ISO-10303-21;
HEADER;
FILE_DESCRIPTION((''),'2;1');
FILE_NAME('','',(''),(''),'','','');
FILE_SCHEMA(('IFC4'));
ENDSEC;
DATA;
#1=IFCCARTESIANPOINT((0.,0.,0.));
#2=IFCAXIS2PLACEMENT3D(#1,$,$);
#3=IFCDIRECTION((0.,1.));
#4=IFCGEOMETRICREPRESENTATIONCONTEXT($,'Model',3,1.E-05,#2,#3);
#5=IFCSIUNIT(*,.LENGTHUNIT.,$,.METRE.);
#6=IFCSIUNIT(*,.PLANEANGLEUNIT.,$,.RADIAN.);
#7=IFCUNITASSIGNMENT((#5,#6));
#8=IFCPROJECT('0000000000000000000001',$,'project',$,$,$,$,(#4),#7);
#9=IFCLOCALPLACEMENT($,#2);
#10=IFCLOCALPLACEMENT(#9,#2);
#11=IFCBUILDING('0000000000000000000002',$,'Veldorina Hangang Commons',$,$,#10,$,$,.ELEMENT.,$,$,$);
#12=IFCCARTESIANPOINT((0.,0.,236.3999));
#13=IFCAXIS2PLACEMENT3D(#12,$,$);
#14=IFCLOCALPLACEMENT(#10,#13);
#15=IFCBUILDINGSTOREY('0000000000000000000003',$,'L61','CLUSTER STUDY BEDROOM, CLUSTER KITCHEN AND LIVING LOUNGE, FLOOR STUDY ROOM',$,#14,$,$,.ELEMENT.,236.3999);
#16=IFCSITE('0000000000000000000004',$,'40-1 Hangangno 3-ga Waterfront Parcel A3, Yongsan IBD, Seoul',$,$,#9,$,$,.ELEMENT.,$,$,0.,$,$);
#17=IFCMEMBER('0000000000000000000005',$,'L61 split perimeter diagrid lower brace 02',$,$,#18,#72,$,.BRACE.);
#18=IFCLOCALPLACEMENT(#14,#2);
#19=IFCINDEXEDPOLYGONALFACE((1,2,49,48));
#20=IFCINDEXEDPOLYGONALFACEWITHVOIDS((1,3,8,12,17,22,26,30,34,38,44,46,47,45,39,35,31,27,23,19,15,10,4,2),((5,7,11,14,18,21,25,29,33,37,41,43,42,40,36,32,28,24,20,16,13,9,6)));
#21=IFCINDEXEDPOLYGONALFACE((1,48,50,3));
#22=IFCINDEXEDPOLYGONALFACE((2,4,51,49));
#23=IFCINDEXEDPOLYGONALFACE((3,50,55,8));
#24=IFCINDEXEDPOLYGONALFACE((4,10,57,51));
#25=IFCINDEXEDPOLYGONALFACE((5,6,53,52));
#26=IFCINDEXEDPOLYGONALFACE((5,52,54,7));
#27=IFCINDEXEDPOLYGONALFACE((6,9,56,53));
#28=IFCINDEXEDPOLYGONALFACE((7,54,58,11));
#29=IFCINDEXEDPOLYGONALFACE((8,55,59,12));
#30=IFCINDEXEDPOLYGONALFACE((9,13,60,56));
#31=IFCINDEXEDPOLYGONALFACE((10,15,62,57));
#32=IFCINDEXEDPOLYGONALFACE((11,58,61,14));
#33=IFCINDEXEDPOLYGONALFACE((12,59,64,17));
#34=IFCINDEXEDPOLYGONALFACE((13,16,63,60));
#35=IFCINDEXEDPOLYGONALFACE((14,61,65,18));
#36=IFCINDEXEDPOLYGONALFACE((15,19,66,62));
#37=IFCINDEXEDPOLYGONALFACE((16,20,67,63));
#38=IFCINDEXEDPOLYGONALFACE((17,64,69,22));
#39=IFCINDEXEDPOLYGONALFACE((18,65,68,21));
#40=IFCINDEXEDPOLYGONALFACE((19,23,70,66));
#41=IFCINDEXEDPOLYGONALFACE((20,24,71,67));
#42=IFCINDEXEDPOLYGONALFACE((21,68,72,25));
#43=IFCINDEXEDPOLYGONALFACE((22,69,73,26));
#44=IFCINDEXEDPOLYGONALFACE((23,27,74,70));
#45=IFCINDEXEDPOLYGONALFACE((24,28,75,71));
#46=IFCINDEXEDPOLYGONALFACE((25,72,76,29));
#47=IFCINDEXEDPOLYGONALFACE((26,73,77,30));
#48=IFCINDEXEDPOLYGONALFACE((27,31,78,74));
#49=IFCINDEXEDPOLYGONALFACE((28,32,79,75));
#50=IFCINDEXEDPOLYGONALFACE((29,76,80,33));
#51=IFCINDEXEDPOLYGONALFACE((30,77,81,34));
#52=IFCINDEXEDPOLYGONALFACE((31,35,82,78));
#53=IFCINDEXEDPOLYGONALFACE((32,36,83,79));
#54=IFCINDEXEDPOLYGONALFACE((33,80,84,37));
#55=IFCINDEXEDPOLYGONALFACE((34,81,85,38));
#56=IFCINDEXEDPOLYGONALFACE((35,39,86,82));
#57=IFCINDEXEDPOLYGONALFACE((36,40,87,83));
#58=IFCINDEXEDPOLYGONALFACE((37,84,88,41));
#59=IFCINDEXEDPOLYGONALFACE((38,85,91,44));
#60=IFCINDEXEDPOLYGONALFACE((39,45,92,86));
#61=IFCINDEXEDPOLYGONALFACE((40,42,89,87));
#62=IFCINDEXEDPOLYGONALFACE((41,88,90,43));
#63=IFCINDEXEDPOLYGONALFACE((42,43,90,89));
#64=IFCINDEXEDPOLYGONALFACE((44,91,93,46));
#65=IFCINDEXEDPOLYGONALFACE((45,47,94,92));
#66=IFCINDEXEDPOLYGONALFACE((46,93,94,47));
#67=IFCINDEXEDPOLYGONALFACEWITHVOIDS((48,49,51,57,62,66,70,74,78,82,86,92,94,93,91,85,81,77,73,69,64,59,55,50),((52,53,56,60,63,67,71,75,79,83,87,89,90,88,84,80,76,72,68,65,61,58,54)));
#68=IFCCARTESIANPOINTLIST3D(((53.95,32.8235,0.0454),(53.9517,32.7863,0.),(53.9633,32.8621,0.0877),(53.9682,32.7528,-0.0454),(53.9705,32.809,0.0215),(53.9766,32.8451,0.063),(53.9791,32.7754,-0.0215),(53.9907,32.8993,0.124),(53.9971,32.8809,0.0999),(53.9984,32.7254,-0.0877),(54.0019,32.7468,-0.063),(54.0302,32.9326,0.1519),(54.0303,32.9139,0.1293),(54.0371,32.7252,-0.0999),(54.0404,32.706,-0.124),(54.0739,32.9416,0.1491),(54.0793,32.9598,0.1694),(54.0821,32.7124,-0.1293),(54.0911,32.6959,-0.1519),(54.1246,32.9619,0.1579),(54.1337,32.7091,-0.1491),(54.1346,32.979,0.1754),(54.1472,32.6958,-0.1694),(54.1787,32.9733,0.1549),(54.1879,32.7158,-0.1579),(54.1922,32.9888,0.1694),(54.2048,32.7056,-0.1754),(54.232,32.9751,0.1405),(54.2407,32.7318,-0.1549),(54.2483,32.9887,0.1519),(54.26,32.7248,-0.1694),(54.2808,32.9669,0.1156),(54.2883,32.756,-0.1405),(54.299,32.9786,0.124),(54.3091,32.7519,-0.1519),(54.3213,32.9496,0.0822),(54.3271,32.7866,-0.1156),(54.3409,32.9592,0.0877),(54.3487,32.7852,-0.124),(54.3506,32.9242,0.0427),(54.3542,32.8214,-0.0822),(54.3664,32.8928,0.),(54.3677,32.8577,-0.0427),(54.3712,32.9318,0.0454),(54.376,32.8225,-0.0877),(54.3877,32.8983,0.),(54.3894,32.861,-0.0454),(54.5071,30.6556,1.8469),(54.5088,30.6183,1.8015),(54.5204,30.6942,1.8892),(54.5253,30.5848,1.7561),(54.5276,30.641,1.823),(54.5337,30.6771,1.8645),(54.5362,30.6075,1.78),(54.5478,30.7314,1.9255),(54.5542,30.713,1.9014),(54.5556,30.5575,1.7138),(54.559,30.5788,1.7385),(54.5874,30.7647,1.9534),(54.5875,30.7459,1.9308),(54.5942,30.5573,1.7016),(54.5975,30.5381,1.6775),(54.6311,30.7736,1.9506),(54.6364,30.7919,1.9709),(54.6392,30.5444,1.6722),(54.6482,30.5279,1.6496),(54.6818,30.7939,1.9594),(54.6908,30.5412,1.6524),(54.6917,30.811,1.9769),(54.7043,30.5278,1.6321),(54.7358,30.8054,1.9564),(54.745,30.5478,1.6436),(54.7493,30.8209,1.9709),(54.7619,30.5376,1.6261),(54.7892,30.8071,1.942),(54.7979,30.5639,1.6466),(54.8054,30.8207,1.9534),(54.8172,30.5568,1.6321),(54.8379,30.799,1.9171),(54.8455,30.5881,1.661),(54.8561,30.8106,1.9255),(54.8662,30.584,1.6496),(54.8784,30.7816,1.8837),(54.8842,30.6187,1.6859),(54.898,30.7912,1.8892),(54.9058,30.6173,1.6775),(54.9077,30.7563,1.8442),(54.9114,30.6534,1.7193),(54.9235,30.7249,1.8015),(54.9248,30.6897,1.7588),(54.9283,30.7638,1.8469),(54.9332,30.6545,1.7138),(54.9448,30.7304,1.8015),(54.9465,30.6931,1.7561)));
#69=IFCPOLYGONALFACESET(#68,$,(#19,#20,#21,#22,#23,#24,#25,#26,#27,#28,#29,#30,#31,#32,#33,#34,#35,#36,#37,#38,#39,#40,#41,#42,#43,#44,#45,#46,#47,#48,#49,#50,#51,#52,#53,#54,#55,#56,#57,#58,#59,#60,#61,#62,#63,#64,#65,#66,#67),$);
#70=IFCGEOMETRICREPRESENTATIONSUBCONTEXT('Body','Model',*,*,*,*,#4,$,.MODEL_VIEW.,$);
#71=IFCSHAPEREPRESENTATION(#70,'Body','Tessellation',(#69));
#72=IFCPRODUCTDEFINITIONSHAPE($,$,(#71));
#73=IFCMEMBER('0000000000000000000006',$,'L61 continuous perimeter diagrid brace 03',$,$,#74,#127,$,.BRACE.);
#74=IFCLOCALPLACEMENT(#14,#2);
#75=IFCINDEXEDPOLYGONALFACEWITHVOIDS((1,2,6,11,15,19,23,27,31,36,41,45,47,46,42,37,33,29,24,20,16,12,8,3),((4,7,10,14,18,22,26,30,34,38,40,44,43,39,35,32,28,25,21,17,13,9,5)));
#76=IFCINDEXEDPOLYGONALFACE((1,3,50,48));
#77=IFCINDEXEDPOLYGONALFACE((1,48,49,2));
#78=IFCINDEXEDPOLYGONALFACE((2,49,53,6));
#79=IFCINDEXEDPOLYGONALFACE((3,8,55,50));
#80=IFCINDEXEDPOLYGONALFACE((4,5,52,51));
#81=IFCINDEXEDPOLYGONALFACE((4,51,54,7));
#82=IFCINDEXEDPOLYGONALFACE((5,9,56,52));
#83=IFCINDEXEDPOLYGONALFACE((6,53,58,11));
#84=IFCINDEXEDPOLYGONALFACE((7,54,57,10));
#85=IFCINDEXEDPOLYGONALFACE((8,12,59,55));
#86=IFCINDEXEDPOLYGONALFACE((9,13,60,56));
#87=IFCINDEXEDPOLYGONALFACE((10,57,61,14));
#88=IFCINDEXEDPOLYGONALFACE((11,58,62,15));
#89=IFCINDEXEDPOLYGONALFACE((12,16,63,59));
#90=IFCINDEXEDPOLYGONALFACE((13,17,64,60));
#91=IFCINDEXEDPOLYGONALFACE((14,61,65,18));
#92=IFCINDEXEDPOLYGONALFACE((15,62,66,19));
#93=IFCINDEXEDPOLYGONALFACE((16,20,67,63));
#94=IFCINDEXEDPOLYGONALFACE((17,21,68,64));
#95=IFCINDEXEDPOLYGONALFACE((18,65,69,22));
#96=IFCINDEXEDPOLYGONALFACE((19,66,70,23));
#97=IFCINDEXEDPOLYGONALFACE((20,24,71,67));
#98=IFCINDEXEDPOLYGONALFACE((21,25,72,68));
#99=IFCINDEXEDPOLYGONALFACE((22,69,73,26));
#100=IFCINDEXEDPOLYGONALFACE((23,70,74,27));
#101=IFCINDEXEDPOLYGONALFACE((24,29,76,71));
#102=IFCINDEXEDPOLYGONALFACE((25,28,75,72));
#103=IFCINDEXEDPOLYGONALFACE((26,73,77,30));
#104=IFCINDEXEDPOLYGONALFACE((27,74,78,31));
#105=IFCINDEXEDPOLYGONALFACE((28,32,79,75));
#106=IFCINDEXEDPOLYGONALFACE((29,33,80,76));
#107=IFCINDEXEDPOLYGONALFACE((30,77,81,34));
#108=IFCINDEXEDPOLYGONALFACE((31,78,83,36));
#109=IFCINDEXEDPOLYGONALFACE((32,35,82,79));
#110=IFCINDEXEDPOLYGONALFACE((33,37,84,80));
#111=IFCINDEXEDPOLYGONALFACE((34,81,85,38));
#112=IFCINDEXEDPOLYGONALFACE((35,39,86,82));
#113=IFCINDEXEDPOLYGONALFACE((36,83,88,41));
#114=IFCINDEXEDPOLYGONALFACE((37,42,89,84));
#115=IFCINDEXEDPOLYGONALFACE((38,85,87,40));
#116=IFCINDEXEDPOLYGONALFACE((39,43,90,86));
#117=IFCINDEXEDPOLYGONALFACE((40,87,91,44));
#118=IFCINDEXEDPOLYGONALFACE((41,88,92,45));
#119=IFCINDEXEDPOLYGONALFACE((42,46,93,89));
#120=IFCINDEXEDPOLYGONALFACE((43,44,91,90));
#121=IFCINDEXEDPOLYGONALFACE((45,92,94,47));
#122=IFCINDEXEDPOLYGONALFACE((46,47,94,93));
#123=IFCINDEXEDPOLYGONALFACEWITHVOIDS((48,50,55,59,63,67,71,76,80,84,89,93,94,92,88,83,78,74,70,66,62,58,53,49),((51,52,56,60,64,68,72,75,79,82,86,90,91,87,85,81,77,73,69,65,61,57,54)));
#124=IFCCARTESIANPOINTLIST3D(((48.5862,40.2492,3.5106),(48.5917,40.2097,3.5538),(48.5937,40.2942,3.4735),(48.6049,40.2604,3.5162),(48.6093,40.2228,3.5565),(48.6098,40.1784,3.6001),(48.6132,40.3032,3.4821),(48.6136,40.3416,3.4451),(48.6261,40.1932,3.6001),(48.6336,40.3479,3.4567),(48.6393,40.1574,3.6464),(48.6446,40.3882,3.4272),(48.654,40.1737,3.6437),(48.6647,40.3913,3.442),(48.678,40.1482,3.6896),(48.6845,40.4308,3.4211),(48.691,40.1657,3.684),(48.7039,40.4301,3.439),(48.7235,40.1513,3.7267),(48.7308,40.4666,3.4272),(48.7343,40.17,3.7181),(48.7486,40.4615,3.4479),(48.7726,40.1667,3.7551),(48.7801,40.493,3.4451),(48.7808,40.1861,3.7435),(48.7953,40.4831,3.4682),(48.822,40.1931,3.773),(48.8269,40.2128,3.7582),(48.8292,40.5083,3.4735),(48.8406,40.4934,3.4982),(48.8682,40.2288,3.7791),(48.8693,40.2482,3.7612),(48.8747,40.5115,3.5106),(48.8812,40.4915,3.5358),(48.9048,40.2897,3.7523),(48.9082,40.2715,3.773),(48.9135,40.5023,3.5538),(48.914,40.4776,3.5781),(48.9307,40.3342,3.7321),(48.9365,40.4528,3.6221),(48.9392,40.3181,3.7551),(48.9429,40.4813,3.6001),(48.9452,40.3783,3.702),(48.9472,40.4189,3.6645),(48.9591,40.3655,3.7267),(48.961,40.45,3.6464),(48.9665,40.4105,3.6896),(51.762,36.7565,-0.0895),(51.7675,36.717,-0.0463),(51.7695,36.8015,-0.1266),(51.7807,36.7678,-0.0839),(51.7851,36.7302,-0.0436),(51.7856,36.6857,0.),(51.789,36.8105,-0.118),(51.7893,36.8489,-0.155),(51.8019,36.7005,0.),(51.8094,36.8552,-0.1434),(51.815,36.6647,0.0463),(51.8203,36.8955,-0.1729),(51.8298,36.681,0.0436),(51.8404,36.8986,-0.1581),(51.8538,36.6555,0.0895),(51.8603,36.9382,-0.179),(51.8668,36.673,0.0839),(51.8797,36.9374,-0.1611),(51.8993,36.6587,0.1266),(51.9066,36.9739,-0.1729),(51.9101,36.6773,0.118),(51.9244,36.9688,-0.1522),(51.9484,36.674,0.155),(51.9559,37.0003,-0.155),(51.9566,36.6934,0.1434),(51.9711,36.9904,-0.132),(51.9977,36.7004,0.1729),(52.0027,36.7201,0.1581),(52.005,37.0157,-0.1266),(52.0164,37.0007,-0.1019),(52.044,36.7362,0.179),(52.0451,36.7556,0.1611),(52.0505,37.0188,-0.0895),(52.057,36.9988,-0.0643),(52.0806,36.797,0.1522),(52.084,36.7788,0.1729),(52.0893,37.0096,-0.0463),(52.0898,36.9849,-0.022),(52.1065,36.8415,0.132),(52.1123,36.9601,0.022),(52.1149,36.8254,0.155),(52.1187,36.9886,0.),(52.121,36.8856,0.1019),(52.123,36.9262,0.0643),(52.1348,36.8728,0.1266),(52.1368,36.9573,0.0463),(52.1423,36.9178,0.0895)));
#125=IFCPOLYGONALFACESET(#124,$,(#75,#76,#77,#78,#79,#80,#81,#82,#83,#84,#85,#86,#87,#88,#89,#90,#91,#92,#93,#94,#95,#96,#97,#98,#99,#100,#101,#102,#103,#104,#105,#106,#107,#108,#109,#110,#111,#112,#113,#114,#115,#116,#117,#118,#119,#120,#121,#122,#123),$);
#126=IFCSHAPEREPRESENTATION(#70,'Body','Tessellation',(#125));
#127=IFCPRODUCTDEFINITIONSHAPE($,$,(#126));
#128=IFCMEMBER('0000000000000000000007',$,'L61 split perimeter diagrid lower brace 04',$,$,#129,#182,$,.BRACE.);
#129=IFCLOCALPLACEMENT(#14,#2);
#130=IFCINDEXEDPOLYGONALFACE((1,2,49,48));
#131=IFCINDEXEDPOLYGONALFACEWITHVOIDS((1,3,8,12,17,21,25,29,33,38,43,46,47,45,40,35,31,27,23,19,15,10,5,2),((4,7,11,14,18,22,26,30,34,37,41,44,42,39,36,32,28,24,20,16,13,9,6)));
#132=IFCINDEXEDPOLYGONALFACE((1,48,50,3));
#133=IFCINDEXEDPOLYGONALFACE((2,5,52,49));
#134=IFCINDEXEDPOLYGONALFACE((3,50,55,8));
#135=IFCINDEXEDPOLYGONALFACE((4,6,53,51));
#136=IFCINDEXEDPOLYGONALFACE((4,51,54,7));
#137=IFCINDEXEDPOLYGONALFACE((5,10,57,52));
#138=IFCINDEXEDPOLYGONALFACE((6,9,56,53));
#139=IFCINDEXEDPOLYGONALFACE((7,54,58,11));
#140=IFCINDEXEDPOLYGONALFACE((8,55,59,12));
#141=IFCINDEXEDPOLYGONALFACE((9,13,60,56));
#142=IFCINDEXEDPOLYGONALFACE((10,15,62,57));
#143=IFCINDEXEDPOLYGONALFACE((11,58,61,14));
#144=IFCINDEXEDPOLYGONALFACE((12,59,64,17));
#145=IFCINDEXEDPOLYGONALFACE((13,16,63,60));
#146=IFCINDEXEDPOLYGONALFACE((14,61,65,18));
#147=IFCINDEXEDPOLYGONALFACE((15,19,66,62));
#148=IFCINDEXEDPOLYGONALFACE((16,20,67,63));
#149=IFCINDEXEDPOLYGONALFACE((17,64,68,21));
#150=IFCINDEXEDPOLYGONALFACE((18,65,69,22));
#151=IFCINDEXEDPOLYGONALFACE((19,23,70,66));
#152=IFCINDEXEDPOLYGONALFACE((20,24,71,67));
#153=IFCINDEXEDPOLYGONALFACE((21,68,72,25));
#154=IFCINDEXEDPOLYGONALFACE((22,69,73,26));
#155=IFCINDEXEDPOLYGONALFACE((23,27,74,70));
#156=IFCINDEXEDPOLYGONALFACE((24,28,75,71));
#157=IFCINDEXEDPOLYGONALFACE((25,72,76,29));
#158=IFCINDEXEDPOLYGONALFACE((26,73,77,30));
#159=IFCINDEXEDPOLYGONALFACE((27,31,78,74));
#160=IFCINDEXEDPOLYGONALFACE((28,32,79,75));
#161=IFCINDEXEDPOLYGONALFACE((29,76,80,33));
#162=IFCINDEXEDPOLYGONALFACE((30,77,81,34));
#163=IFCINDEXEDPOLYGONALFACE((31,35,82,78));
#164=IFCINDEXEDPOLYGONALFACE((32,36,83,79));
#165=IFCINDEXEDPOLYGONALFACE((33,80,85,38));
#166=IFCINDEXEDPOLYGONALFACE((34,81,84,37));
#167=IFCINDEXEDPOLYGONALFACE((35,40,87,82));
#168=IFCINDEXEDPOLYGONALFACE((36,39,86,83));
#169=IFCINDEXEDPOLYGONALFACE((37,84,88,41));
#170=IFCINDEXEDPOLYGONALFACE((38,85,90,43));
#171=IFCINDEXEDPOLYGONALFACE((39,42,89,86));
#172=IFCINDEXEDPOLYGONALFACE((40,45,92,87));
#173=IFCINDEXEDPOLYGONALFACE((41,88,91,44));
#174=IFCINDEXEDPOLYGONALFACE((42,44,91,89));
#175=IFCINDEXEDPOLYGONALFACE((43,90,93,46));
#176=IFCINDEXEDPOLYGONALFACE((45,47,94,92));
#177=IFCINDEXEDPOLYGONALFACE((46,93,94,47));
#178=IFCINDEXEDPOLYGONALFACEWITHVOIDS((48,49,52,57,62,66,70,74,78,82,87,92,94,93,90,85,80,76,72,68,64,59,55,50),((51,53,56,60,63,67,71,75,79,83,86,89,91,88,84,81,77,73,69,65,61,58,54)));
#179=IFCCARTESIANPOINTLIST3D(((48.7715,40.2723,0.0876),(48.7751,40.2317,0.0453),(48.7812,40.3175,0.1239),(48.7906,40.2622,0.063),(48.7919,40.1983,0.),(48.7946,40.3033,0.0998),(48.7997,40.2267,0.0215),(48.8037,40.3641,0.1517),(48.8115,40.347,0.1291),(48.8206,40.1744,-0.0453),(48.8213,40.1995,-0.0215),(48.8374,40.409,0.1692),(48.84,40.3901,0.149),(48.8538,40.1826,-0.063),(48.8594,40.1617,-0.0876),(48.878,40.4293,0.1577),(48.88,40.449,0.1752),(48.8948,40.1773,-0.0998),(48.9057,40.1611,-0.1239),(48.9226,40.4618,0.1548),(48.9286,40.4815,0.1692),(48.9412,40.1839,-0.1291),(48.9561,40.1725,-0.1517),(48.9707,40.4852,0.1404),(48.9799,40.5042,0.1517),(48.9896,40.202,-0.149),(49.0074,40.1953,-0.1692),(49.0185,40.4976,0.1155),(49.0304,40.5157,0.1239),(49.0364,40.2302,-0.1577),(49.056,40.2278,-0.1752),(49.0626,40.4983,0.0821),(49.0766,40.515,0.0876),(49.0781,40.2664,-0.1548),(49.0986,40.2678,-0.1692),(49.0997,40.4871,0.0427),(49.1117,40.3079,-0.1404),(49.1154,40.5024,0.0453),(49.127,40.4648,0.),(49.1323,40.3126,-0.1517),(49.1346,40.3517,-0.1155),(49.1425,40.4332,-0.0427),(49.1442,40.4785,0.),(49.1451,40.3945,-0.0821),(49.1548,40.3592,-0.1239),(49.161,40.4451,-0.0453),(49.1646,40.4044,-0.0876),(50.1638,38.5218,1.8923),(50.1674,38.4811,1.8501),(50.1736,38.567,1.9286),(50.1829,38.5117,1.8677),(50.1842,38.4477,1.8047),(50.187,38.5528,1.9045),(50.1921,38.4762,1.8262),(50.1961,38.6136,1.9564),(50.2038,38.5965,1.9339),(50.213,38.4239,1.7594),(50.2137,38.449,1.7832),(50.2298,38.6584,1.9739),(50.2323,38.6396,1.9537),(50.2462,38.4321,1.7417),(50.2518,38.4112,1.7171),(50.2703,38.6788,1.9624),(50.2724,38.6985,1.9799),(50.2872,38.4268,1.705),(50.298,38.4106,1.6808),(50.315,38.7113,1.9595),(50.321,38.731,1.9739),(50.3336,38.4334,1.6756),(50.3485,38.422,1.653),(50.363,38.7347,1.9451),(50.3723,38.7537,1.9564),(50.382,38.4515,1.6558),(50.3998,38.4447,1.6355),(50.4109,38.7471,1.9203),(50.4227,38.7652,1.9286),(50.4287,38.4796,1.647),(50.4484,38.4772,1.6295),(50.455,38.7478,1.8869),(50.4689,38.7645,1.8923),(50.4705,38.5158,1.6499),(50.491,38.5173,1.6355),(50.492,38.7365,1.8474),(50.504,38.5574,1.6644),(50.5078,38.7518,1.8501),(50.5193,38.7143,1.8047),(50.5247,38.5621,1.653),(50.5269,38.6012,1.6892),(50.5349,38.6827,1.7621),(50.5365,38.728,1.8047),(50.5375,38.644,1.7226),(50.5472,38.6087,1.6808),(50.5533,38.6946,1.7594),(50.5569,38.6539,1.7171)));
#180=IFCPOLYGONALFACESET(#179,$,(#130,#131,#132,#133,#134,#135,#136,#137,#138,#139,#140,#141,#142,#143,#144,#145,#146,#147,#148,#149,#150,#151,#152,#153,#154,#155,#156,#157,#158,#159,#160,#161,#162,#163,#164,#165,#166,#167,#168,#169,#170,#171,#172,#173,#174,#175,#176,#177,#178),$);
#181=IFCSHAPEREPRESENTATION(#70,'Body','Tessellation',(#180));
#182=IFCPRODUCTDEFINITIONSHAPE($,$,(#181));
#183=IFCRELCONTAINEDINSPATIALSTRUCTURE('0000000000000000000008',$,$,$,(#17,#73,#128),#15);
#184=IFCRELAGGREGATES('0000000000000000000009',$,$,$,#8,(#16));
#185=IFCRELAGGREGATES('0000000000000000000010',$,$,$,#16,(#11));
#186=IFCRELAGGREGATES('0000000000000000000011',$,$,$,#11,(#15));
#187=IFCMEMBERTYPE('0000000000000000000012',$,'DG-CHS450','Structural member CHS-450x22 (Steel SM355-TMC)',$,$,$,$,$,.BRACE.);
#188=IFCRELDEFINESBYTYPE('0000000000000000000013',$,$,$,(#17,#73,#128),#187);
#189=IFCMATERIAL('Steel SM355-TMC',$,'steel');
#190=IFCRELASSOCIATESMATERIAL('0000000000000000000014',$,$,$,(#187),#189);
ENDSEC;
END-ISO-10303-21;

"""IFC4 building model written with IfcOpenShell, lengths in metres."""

from ifc_helpers import new_model, si_unit, direction, frame, origin, origin_2d, place, context, subcontext, project, spatial, hollow_circle, extrude, material, material_profile, profile_set, type_object, element, save


model = new_model("IFC4")

# Units and contexts
model_context = context("Model", 3, precision=1e-05, world=origin(), true_north=direction((0.0, 1.0)))
body_context = subcontext(model_context, "Body", "Model", "MODEL_VIEW")
ifc_project = project(units=[si_unit("LENGTHUNIT", "METRE"), si_unit("PLANEANGLEUNIT", "RADIAN")], contexts=[model_context])

# Site, building, storey
site_placement = place(None, origin())
site = spatial("IfcSite", under=ifc_project, at=site_placement, Name="40-1 Hangangno 3-ga Waterfront Parcel A3, Yongsan IBD, Seoul", CompositionType="ELEMENT", RefElevation=0.0)
building_placement = place(site_placement, origin())
building = spatial("IfcBuilding", under=site, at=building_placement, Name="Veldorina Hangang Commons", CompositionType="ELEMENT")
storey_placement = place(building_placement, frame((0.0, 0.0, 236.3999)))
storey = spatial("IfcBuildingStorey", under=building, at=storey_placement, Name="L61", Description="CLUSTER STUDY BEDROOM, CLUSTER KITCHEN AND LIVING LOUNGE, FLOOR STUDY ROOM", CompositionType="ELEMENT", Elevation=236.3999)

# Shared definitions
ifc_material_1 = material(Name="Steel SM355-TMC", Category="steel")

# Members
ifc_material_profile_1 = material_profile(ifc_material_1, hollow_circle(Radius=0.2251, WallThickness=0.022, at=origin_2d()), Name="CHS-450x22")
ifc_profile_set_1 = profile_set([ifc_material_profile_1], Name="Steel SM355-TMC")
member_type_1 = type_object("IfcMemberType", Name="DG-CHS450", Description="Structural member CHS-450x22 (Steel SM355-TMC)", PredefinedType="BRACE", material=ifc_profile_set_1)
member_1_placement = place(storey_placement, frame((54.1697, 32.8423, 0.0), z_axis=(0.193898, -0.754519, 0.626981), x_axis=(0.968531, 0.248895, 0.0)))
element("IfcMember", 1, at=member_1_placement, inside=storey, type_object=member_type_1, Name="L61 split perimeter diagrid lower brace 02", PredefinedType="BRACE", context=body_context, shape_type="SweptSolid", body=[
    extrude(hollow_circle(Radius=0.2251, WallThickness=0.022, at=origin_2d()), origin(), (0.0, 0.0, 1.0), 2.8733),
])
member_2_placement = place(storey_placement, frame((51.9521, 36.8372, 0.0), z_axis=(-0.534935, 0.588314, 0.606408), x_axis=(-0.739875, -0.672745, 0.0)))
element("IfcMember", 2, at=member_2_placement, inside=storey, type_object=member_type_1, Name="L61 continuous perimeter diagrid brace 03", PredefinedType="BRACE", context=body_context, shape_type="SweptSolid", body=[
    extrude(hollow_circle(Radius=0.2251, WallThickness=0.022, at=origin_2d()), origin(), (0.0, 0.0, 1.0), 5.9368),
])
member_3_placement = place(storey_placement, frame((48.968, 40.3384, 0.0), z_axis=(0.484464, -0.609084, 0.627942), x_axis=(0.782623, 0.622496, 0.0)))
element("IfcMember", 3, at=member_3_placement, inside=storey, type_object=member_type_1, Name="L61 split perimeter diagrid lower brace 04", PredefinedType="BRACE", context=body_context, shape_type="SweptSolid", body=[
    extrude(hollow_circle(Radius=0.2251, WallThickness=0.022, at=origin_2d()), origin(), (0.0, 0.0, 1.0), 2.874),
])

save(model, "model.ifc")
